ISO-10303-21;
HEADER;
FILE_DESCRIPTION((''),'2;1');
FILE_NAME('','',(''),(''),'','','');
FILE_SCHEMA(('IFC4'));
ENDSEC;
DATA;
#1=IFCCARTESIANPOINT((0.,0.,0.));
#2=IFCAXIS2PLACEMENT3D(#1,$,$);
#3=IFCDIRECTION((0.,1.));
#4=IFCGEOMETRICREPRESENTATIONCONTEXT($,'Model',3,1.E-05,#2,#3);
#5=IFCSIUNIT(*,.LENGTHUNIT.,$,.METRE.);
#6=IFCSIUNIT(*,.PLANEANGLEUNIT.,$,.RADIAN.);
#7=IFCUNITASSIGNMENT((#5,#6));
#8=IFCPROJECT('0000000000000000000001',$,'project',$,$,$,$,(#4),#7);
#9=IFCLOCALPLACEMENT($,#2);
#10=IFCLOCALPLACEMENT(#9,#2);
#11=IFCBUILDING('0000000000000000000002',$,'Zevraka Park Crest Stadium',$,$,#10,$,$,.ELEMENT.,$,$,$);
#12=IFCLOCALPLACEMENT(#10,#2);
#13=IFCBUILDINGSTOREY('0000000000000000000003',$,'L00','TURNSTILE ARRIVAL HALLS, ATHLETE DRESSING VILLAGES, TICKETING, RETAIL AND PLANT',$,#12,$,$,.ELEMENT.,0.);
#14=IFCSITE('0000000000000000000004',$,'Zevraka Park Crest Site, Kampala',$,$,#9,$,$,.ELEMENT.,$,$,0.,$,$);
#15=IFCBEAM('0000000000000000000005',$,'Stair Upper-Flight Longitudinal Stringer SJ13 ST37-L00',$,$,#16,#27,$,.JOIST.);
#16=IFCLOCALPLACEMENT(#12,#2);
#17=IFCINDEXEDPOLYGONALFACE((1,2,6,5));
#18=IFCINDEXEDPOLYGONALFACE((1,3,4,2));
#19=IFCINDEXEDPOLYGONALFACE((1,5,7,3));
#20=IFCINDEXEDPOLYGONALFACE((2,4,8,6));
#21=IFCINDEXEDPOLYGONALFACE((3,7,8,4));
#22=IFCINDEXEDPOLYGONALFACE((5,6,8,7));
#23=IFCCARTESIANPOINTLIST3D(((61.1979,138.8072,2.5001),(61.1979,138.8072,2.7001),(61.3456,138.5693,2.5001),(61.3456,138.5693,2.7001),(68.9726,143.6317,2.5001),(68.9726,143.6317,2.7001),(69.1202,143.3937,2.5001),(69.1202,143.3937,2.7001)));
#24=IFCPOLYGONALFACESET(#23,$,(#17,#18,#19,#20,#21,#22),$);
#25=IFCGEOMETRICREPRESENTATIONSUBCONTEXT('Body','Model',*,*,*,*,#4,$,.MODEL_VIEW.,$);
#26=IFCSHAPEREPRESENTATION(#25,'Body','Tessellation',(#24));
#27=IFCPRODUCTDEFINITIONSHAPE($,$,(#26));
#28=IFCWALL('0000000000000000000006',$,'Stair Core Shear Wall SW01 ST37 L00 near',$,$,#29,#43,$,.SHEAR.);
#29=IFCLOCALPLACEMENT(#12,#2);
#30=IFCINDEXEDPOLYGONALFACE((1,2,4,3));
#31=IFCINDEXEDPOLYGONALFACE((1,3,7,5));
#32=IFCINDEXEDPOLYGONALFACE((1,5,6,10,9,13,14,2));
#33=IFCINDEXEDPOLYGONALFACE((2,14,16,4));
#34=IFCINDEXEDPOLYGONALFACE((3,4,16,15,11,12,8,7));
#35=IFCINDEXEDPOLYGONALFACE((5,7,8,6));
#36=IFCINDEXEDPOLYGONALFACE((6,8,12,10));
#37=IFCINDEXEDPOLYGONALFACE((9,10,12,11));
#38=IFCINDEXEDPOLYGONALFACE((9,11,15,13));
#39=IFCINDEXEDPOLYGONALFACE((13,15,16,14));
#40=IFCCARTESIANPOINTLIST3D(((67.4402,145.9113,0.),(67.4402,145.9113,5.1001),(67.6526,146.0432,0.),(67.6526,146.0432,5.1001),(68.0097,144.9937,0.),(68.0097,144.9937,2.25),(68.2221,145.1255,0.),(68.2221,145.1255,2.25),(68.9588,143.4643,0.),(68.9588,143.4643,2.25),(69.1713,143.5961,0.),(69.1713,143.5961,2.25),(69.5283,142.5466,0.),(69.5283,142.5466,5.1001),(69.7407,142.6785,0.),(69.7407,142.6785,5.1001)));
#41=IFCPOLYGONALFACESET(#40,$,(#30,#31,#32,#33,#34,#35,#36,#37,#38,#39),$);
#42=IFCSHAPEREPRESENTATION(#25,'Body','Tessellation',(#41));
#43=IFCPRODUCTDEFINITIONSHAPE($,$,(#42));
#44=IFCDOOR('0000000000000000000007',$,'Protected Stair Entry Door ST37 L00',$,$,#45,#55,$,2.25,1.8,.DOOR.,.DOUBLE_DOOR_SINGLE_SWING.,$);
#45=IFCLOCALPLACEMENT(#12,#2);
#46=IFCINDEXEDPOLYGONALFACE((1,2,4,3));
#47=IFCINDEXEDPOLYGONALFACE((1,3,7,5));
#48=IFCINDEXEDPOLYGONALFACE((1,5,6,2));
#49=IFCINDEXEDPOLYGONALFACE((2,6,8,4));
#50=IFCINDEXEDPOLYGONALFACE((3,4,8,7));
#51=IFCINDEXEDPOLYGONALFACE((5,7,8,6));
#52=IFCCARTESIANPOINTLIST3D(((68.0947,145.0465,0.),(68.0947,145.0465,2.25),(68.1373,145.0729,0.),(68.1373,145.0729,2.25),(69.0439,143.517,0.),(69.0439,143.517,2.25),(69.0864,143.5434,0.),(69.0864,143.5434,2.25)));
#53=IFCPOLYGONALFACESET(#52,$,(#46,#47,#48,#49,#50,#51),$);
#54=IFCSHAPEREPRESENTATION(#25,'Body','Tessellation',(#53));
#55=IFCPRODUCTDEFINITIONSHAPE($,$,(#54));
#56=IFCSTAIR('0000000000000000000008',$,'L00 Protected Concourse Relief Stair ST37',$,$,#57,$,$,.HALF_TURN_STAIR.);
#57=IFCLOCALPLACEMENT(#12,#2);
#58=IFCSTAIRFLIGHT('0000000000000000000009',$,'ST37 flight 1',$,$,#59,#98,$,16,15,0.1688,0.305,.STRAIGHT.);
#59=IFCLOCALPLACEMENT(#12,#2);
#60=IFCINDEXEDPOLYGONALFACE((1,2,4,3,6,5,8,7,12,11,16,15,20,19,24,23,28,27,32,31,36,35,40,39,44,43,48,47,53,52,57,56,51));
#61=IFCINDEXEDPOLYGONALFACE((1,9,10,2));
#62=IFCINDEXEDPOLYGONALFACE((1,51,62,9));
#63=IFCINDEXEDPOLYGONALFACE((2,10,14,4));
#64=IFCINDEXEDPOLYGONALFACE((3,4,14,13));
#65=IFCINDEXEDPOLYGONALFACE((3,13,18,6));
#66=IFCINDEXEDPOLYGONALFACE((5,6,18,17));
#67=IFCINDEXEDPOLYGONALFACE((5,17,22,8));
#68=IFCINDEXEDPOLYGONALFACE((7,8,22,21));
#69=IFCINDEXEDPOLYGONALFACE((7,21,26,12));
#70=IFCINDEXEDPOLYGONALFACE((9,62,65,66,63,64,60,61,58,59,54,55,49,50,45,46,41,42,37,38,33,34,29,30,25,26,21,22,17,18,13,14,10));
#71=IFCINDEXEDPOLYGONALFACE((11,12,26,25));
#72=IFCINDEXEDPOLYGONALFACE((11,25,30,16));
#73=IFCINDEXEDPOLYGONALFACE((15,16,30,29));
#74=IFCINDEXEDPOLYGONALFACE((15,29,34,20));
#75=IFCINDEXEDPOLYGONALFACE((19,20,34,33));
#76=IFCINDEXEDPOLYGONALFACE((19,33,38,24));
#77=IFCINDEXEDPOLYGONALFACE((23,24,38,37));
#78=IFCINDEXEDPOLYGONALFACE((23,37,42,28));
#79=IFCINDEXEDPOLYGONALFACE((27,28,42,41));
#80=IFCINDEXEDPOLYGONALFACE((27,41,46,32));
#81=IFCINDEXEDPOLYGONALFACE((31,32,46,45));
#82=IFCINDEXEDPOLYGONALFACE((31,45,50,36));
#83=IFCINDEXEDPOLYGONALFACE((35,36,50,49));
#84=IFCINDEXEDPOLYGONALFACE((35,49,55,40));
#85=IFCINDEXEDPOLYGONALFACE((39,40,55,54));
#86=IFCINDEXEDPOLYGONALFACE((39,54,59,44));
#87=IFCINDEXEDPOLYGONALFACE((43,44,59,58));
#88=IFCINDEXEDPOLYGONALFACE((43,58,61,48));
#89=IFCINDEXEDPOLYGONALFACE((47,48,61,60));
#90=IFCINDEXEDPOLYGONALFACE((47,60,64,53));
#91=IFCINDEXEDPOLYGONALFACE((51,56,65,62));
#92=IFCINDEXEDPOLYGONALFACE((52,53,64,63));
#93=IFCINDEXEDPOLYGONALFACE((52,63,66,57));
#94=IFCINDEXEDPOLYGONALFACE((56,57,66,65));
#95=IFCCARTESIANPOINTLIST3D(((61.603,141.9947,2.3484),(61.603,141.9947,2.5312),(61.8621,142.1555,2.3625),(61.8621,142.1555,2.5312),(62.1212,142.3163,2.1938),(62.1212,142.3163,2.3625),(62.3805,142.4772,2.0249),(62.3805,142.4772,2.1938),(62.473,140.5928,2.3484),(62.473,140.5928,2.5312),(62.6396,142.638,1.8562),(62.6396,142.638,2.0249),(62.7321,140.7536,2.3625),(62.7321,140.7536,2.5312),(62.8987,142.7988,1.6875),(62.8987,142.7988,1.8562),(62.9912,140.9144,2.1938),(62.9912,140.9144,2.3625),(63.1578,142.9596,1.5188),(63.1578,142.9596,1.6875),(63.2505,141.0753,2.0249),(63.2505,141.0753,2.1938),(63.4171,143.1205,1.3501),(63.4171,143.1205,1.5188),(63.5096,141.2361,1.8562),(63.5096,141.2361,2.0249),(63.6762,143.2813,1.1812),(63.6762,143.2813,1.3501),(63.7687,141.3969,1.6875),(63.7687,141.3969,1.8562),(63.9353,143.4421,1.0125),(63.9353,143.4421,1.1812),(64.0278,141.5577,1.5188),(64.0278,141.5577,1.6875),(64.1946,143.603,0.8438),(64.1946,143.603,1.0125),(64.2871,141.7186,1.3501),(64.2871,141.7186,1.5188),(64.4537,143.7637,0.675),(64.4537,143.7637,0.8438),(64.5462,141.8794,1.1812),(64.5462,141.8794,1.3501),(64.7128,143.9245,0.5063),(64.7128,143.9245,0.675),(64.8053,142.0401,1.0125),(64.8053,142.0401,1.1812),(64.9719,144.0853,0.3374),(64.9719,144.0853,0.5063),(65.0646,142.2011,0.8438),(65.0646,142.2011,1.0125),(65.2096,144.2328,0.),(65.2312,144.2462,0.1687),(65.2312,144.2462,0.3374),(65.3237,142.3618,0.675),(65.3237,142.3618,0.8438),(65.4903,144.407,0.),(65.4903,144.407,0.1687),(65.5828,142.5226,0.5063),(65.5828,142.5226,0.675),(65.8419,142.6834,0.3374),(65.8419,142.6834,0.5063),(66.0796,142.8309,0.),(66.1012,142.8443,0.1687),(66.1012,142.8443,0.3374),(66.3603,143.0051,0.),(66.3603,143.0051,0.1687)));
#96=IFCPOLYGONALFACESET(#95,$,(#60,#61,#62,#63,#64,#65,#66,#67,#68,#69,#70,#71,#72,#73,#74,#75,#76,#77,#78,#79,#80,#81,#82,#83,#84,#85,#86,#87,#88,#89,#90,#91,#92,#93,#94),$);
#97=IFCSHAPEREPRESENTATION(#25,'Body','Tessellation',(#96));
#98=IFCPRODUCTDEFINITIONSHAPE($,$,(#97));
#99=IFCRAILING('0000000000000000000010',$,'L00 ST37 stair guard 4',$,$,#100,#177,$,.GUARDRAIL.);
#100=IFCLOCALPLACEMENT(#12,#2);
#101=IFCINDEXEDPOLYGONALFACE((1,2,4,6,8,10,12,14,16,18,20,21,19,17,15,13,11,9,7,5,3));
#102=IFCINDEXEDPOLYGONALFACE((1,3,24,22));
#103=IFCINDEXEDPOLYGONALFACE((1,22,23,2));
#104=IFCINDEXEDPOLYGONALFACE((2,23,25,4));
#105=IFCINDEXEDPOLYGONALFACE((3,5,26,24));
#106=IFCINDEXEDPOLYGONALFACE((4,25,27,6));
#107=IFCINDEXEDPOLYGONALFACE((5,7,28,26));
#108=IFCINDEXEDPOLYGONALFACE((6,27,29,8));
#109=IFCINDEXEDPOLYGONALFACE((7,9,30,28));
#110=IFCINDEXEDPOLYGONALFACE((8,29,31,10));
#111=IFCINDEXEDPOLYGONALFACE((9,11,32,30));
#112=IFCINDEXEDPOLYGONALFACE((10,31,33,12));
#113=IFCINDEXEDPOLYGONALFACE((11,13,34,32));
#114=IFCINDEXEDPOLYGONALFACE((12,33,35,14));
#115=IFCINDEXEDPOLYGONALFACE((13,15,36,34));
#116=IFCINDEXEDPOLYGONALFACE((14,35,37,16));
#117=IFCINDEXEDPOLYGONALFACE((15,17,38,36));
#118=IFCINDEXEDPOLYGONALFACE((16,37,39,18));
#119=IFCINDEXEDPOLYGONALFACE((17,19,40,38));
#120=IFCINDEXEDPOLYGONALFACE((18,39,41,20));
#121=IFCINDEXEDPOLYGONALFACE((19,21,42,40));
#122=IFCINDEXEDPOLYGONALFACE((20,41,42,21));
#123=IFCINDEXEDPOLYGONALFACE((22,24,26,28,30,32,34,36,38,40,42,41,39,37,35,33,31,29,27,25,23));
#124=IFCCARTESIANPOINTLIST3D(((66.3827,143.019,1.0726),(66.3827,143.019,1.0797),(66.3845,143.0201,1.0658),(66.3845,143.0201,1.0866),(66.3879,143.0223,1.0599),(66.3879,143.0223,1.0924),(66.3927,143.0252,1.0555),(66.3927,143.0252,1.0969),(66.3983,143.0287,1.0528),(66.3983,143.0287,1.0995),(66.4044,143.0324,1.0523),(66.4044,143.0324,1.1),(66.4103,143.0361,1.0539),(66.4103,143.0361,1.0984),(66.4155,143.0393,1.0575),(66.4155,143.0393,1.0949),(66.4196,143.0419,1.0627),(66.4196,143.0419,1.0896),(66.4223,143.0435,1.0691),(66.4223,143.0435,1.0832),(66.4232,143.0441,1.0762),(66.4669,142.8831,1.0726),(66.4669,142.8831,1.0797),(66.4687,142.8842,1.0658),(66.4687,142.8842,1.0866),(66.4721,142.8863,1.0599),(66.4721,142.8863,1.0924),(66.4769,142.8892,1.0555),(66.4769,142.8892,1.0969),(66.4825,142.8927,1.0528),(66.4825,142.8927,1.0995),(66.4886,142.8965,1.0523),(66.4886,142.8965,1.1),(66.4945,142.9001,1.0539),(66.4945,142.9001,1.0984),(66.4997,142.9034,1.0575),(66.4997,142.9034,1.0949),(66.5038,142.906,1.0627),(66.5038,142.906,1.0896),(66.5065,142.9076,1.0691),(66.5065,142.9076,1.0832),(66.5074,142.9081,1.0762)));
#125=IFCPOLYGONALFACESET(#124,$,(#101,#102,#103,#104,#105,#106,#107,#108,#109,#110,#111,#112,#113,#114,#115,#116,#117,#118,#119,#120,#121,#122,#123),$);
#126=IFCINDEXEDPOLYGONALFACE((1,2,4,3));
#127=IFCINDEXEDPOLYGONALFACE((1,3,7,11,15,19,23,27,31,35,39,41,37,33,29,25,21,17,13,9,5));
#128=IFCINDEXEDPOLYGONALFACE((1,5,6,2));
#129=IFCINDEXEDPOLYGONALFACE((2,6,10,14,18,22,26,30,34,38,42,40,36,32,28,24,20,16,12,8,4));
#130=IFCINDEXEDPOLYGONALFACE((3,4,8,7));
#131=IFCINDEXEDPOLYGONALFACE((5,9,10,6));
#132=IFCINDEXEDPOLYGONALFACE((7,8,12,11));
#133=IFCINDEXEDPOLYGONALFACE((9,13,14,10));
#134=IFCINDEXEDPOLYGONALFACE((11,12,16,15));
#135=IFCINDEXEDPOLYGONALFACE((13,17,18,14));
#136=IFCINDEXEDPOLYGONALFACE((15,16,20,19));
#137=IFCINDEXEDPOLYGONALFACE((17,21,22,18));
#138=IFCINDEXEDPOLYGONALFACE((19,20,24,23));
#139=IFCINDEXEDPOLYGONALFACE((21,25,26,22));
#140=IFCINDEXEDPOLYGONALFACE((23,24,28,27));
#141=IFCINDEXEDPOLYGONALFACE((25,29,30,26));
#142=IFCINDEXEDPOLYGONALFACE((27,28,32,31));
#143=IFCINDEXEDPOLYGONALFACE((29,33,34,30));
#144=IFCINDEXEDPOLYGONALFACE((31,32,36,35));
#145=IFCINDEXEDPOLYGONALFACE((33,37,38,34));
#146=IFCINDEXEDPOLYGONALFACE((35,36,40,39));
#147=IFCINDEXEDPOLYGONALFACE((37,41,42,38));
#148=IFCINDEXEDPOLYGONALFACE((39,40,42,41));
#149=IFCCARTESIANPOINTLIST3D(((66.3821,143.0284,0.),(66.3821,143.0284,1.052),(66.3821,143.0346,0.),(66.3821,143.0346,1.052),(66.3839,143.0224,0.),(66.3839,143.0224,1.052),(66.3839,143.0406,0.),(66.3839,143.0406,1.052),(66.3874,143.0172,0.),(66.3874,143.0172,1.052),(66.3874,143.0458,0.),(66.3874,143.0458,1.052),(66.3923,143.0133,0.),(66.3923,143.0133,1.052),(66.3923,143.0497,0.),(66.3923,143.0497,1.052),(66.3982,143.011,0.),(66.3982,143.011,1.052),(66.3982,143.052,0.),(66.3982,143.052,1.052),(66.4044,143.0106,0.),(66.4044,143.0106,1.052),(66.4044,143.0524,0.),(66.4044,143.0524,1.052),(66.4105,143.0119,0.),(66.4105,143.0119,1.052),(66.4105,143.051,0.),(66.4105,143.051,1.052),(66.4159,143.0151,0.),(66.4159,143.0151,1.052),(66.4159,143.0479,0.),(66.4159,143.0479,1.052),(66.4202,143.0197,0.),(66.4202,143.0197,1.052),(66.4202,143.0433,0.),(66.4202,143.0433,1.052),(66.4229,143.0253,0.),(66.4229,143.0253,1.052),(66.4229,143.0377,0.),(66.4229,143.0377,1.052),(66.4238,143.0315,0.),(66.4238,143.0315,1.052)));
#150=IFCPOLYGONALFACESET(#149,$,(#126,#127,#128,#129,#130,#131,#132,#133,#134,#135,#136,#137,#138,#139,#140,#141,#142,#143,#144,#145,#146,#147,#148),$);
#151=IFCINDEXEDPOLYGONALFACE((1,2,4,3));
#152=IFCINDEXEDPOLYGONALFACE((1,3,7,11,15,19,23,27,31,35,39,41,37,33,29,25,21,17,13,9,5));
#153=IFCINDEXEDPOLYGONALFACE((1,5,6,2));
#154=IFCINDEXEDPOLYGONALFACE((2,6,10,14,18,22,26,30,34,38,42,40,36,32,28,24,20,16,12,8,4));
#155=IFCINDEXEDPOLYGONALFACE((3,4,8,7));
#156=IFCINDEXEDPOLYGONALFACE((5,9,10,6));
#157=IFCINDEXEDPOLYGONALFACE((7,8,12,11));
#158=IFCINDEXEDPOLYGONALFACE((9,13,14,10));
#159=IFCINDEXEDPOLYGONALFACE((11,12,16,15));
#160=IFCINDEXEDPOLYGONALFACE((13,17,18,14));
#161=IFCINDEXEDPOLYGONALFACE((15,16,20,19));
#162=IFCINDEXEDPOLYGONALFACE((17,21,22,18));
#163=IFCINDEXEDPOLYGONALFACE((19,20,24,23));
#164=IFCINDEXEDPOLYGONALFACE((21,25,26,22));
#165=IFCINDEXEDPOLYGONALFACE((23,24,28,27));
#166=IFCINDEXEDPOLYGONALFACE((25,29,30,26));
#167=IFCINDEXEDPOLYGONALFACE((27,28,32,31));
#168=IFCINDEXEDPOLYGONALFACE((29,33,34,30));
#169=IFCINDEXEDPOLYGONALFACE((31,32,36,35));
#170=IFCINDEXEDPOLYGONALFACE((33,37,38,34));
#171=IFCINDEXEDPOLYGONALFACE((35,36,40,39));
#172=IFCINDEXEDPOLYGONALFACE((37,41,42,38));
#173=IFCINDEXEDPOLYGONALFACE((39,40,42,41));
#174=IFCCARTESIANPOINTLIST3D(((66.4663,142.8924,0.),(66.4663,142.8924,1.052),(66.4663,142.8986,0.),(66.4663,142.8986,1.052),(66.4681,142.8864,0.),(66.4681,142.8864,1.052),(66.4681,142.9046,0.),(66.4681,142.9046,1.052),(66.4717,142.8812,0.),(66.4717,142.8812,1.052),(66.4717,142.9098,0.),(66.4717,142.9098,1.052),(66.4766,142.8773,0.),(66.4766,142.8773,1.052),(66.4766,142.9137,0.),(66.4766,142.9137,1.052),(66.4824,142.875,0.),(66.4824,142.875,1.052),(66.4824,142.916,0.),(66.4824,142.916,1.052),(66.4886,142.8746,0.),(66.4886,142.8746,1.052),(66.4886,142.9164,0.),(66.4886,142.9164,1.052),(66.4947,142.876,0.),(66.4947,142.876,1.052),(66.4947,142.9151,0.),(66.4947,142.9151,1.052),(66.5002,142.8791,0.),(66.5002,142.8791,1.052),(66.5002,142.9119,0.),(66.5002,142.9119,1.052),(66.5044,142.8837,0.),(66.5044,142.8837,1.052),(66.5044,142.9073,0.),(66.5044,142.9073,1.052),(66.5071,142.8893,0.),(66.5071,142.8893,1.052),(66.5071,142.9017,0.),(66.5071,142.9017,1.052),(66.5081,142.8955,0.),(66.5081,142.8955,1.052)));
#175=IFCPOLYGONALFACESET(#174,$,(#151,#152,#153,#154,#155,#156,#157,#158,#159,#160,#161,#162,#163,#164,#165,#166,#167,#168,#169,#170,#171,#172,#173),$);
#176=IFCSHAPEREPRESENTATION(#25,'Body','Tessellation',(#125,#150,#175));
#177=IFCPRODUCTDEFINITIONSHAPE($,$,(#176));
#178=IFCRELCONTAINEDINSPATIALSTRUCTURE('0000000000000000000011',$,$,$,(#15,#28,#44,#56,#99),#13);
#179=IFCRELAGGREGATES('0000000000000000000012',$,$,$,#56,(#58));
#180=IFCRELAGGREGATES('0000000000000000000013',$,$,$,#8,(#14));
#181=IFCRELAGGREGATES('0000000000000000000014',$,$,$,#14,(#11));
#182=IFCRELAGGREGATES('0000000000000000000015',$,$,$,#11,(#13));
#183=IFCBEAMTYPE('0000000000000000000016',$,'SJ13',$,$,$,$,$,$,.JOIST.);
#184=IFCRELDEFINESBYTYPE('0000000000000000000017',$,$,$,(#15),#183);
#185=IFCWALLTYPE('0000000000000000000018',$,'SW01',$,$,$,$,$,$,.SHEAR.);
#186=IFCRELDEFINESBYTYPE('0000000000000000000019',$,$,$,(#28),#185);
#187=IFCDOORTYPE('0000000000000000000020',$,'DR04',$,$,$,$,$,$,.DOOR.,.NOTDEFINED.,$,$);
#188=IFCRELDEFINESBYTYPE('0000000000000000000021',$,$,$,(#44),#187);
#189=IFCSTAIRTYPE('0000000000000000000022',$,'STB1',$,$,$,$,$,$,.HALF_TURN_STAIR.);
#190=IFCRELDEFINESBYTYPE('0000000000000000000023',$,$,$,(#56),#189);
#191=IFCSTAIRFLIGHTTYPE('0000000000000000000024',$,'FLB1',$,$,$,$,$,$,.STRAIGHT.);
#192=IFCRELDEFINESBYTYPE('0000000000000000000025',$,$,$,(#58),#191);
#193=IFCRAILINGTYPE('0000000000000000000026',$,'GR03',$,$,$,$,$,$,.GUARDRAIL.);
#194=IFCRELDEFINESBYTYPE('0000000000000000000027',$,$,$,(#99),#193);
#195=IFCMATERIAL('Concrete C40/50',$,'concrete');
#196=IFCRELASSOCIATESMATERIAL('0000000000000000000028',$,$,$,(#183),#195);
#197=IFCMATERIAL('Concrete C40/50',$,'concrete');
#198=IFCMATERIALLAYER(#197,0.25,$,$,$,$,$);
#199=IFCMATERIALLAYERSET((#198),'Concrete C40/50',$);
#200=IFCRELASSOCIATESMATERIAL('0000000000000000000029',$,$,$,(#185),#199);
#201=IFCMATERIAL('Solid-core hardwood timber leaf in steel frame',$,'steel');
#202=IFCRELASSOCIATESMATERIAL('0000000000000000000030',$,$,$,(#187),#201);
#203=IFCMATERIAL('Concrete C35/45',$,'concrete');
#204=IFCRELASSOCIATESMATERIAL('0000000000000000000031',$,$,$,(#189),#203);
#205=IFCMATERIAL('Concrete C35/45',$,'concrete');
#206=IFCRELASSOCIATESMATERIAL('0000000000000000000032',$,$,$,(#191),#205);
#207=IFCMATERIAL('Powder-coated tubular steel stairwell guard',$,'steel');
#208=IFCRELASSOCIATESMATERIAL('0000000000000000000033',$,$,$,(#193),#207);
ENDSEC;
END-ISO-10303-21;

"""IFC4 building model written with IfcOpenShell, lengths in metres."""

from ifc_helpers import new_model, si_unit, direction, frame, frame_2d, origin, origin_2d, place, context, subcontext, project, spatial, polyline, rectangle, circle, outline, extrude, material, layer, layer_set, material_profile, profile_set, type_object, element, fill, aggregate, save


model = new_model("IFC4")

# Units and contexts
model_context = context("Model", 3, precision=1e-05, world=origin(), true_north=direction((0.0, 1.0)))
body_context = subcontext(model_context, "Body", "Model", "MODEL_VIEW")
ifc_project = project(units=[si_unit("LENGTHUNIT", "METRE"), si_unit("PLANEANGLEUNIT", "RADIAN")], contexts=[model_context])

# Site, building, storey
site_placement = place(None, origin())
site = spatial("IfcSite", under=ifc_project, at=site_placement, Name="Zevraka Park Crest Site, Kampala", CompositionType="ELEMENT", RefElevation=0.0)
building_placement = place(site_placement, origin())
building = spatial("IfcBuilding", under=site, at=building_placement, Name="Zevraka Park Crest Stadium", CompositionType="ELEMENT")
storey_placement = place(building_placement, origin())
storey = spatial("IfcBuildingStorey", under=building, at=storey_placement, Name="L00", Description="TURNSTILE ARRIVAL HALLS, ATHLETE DRESSING VILLAGES, TICKETING, RETAIL AND PLANT", CompositionType="ELEMENT", Elevation=0.0)

# Beam
ifc_material_1 = material(Name="Concrete C40/50", Category="concrete")
ifc_material_profile_1 = material_profile(ifc_material_1, rectangle(XDim=0.28, YDim=0.2, at=origin_2d()), Name="RC 200x280")
ifc_profile_set_1 = profile_set([ifc_material_profile_1], Name="Concrete C40/50")
beam_type_1 = type_object("IfcBeamType", Name="SJ13", PredefinedType="JOIST", material=ifc_profile_set_1)
beam_1_placement = place(storey_placement, frame((69.0464, 143.5127, 2.6001), z_axis=(-0.849698, -0.527269, 0.0), x_axis=(0.527269, -0.849698, 0.0)))
element("IfcBeam", 1, at=beam_1_placement, inside=storey, type_object=beam_type_1, Name="Stair Upper-Flight Longitudinal Stringer SJ13 ST37-L00", PredefinedType="JOIST", context=body_context, shape_type="SweptSolid", body=[
    extrude(rectangle(XDim=0.28, YDim=0.2, at=origin_2d()), origin(), (0.0, 0.0, 1.0), 9.1499),
])

# Wall, opening, door
ifc_material_2 = material(Name="Concrete C40/50", Category="concrete")
ifc_layer = layer(ifc_material_2, 0.25)
ifc_layer_set = layer_set([ifc_layer], Name="Concrete C40/50")
wall_type = type_object("IfcWallType", Name="SW01", PredefinedType="SHEAR", material=ifc_layer_set)
wall_placement = place(storey_placement, frame((69.6345, 142.6125, 0.0), z_axis=(0.0, 0.0, 1.0), x_axis=(-0.527303, 0.849677, 0.0)))
wall = element("IfcWall", 2, at=wall_placement, inside=storey, type_object=wall_type, Name="Stair Core Shear Wall SW01 ST37 L00 near", PredefinedType="SHEAR", context=body_context, shape_type="SweptSolid", body=[
    extrude(rectangle(XDim=3.96, YDim=0.25, at=frame_2d((1.98, 0.0))), origin(), (0.0, 0.0, 1.0), 5.1001),
])
opening_placement = place(wall_placement, frame((1.0801, 0.0, 0.0)))
opening = element("IfcOpeningElement", 3, at=opening_placement, cuts=wall, PredefinedType="OPENING", context=body_context, shape_type="SweptSolid", body=[
    extrude(rectangle(XDim=1.8, YDim=2.25, at=frame_2d((0.8999, 1.125))), frame((0.0, 0.135, 0.0), z_axis=(0.0, -1.0, 0.0), x_axis=(1.0, 0.0, 0.0)), (0.0, 0.0, 1.0), 0.27),
])
ifc_material_3 = material(Name="Solid-core hardwood timber leaf in steel frame", Category="steel")
door_type = type_object("IfcDoorType", Name="DR04", OperationType="NOTDEFINED", PredefinedType="DOOR", material=ifc_material_3)
door_placement = place(opening_placement, origin())
door = element("IfcDoor", 4, at=door_placement, inside=storey, type_object=door_type, Name="Protected Stair Entry Door ST37 L00", OperationType="DOUBLE_DOOR_SINGLE_SWING", OverallHeight=2.25, OverallWidth=1.8, PredefinedType="DOOR", context=body_context, shape_type="SweptSolid", body=[
    extrude(rectangle(XDim=1.8, YDim=2.25, at=frame_2d((0.8999, 1.125))), frame((0.0, 0.0249, 0.0), z_axis=(0.0, -1.0, 0.0), x_axis=(1.0, 0.0, 0.0)), (0.0, 0.0, 1.0), 0.05),
])
fill(opening, door)

# Stair, stair flight
ifc_material_4 = material(Name="Concrete C35/45", Category="concrete")
stair_type = type_object("IfcStairType", Name="STB1", PredefinedType="HALF_TURN_STAIR", material=ifc_material_4)
stair_placement = place(storey_placement, origin())
stair = element("IfcStair", 5, at=stair_placement, inside=storey, type_object=stair_type, Name="L00 Protected Concourse Relief Stair ST37", PredefinedType="HALF_TURN_STAIR")
ifc_material_5 = material(Name="Concrete C35/45", Category="concrete")
stair_flight_type = type_object("IfcStairFlightType", Name="FLB1", PredefinedType="STRAIGHT", material=ifc_material_5)
stair_flight_placement = place(storey_placement, frame((65.9253, 143.7061, 0.0), z_axis=(0.0, 0.0, 1.0), x_axis=(-0.849693, -0.527278, 0.0)))
stair_flight = element("IfcStairFlight", 6, at=stair_flight_placement, type_object=stair_flight_type, Name="ST37 flight 1", NumberOfRisers=16, NumberOfTreads=15, PredefinedType="STRAIGHT", RiserHeight=0.1688, TreadLength=0.305, context=body_context, shape_type="SweptSolid", body=[
    extrude(outline(polyline([(0.0, 0.0), (0.0, 0.1687), (0.3049, 0.1687), (0.3049, 0.3374), (0.6101, 0.3374), (0.6101, 0.5063), (0.915, 0.5063), (0.915, 0.675), (1.22, 0.675), (1.22, 0.8438), (1.5249, 0.8438), (1.5249, 1.0125), (1.8301, 1.0125), (1.8301, 1.1812), (2.135, 1.1812), (2.135, 1.3501), (2.4399, 1.3501), (2.4399, 1.5188), (2.7451, 1.5188), (2.7451, 1.6875), (3.05, 1.6875), (3.05, 1.8562), (3.355, 1.8562), (3.355, 2.0249), (3.6599, 2.0249), (3.6599, 2.1938), (3.9651, 2.1938), (3.9651, 2.3625), (4.27, 2.3625), (4.27, 2.5312), (4.575, 2.5312), (4.575, 2.7), (4.575, 2.3484), (0.3303, 0.0), (0.0, 0.0)])), frame((0.0, 0.825, 0.0), z_axis=(0.0, -1.0, 0.0), x_axis=(1.0, 0.0, 0.0)), (0.0, 0.0, 1.0), 1.6499),
])
aggregate(stair, [stair_flight])

# Railing
ifc_material_6 = material(Name="Powder-coated tubular steel stairwell guard", Category="steel")
railing_type_1 = type_object("IfcRailingType", Name="GR03", PredefinedType="GUARDRAIL", material=ifc_material_6)
railing_1_placement = place(storey_placement, frame((66.4028, 143.0315, 0.0)))
element("IfcRailing", 7, at=railing_1_placement, inside=storey, type_object=railing_type_1, Name="L00 ST37 stair guard 4", PredefinedType="GUARDRAIL", context=body_context, shape_type="SweptSolid", body=[
    extrude(circle(Radius=0.0239, at=origin_2d()), frame((0.0, 0.0, 1.0762), z_axis=(0.526565, -0.850135, 0.0), x_axis=(0.850135, 0.526565, 0.0)), (0.0, 0.0, 1.0), 0.1599),
    extrude(circle(Radius=0.021, at=origin_2d()), origin(), (0.0, 0.0, 1.0), 1.052),
    extrude(circle(Radius=0.021, at=origin_2d()), frame((0.0842, -0.136, 0.0)), (0.0, 0.0, 1.0), 1.052),
])

save(model, "model.ifc")
